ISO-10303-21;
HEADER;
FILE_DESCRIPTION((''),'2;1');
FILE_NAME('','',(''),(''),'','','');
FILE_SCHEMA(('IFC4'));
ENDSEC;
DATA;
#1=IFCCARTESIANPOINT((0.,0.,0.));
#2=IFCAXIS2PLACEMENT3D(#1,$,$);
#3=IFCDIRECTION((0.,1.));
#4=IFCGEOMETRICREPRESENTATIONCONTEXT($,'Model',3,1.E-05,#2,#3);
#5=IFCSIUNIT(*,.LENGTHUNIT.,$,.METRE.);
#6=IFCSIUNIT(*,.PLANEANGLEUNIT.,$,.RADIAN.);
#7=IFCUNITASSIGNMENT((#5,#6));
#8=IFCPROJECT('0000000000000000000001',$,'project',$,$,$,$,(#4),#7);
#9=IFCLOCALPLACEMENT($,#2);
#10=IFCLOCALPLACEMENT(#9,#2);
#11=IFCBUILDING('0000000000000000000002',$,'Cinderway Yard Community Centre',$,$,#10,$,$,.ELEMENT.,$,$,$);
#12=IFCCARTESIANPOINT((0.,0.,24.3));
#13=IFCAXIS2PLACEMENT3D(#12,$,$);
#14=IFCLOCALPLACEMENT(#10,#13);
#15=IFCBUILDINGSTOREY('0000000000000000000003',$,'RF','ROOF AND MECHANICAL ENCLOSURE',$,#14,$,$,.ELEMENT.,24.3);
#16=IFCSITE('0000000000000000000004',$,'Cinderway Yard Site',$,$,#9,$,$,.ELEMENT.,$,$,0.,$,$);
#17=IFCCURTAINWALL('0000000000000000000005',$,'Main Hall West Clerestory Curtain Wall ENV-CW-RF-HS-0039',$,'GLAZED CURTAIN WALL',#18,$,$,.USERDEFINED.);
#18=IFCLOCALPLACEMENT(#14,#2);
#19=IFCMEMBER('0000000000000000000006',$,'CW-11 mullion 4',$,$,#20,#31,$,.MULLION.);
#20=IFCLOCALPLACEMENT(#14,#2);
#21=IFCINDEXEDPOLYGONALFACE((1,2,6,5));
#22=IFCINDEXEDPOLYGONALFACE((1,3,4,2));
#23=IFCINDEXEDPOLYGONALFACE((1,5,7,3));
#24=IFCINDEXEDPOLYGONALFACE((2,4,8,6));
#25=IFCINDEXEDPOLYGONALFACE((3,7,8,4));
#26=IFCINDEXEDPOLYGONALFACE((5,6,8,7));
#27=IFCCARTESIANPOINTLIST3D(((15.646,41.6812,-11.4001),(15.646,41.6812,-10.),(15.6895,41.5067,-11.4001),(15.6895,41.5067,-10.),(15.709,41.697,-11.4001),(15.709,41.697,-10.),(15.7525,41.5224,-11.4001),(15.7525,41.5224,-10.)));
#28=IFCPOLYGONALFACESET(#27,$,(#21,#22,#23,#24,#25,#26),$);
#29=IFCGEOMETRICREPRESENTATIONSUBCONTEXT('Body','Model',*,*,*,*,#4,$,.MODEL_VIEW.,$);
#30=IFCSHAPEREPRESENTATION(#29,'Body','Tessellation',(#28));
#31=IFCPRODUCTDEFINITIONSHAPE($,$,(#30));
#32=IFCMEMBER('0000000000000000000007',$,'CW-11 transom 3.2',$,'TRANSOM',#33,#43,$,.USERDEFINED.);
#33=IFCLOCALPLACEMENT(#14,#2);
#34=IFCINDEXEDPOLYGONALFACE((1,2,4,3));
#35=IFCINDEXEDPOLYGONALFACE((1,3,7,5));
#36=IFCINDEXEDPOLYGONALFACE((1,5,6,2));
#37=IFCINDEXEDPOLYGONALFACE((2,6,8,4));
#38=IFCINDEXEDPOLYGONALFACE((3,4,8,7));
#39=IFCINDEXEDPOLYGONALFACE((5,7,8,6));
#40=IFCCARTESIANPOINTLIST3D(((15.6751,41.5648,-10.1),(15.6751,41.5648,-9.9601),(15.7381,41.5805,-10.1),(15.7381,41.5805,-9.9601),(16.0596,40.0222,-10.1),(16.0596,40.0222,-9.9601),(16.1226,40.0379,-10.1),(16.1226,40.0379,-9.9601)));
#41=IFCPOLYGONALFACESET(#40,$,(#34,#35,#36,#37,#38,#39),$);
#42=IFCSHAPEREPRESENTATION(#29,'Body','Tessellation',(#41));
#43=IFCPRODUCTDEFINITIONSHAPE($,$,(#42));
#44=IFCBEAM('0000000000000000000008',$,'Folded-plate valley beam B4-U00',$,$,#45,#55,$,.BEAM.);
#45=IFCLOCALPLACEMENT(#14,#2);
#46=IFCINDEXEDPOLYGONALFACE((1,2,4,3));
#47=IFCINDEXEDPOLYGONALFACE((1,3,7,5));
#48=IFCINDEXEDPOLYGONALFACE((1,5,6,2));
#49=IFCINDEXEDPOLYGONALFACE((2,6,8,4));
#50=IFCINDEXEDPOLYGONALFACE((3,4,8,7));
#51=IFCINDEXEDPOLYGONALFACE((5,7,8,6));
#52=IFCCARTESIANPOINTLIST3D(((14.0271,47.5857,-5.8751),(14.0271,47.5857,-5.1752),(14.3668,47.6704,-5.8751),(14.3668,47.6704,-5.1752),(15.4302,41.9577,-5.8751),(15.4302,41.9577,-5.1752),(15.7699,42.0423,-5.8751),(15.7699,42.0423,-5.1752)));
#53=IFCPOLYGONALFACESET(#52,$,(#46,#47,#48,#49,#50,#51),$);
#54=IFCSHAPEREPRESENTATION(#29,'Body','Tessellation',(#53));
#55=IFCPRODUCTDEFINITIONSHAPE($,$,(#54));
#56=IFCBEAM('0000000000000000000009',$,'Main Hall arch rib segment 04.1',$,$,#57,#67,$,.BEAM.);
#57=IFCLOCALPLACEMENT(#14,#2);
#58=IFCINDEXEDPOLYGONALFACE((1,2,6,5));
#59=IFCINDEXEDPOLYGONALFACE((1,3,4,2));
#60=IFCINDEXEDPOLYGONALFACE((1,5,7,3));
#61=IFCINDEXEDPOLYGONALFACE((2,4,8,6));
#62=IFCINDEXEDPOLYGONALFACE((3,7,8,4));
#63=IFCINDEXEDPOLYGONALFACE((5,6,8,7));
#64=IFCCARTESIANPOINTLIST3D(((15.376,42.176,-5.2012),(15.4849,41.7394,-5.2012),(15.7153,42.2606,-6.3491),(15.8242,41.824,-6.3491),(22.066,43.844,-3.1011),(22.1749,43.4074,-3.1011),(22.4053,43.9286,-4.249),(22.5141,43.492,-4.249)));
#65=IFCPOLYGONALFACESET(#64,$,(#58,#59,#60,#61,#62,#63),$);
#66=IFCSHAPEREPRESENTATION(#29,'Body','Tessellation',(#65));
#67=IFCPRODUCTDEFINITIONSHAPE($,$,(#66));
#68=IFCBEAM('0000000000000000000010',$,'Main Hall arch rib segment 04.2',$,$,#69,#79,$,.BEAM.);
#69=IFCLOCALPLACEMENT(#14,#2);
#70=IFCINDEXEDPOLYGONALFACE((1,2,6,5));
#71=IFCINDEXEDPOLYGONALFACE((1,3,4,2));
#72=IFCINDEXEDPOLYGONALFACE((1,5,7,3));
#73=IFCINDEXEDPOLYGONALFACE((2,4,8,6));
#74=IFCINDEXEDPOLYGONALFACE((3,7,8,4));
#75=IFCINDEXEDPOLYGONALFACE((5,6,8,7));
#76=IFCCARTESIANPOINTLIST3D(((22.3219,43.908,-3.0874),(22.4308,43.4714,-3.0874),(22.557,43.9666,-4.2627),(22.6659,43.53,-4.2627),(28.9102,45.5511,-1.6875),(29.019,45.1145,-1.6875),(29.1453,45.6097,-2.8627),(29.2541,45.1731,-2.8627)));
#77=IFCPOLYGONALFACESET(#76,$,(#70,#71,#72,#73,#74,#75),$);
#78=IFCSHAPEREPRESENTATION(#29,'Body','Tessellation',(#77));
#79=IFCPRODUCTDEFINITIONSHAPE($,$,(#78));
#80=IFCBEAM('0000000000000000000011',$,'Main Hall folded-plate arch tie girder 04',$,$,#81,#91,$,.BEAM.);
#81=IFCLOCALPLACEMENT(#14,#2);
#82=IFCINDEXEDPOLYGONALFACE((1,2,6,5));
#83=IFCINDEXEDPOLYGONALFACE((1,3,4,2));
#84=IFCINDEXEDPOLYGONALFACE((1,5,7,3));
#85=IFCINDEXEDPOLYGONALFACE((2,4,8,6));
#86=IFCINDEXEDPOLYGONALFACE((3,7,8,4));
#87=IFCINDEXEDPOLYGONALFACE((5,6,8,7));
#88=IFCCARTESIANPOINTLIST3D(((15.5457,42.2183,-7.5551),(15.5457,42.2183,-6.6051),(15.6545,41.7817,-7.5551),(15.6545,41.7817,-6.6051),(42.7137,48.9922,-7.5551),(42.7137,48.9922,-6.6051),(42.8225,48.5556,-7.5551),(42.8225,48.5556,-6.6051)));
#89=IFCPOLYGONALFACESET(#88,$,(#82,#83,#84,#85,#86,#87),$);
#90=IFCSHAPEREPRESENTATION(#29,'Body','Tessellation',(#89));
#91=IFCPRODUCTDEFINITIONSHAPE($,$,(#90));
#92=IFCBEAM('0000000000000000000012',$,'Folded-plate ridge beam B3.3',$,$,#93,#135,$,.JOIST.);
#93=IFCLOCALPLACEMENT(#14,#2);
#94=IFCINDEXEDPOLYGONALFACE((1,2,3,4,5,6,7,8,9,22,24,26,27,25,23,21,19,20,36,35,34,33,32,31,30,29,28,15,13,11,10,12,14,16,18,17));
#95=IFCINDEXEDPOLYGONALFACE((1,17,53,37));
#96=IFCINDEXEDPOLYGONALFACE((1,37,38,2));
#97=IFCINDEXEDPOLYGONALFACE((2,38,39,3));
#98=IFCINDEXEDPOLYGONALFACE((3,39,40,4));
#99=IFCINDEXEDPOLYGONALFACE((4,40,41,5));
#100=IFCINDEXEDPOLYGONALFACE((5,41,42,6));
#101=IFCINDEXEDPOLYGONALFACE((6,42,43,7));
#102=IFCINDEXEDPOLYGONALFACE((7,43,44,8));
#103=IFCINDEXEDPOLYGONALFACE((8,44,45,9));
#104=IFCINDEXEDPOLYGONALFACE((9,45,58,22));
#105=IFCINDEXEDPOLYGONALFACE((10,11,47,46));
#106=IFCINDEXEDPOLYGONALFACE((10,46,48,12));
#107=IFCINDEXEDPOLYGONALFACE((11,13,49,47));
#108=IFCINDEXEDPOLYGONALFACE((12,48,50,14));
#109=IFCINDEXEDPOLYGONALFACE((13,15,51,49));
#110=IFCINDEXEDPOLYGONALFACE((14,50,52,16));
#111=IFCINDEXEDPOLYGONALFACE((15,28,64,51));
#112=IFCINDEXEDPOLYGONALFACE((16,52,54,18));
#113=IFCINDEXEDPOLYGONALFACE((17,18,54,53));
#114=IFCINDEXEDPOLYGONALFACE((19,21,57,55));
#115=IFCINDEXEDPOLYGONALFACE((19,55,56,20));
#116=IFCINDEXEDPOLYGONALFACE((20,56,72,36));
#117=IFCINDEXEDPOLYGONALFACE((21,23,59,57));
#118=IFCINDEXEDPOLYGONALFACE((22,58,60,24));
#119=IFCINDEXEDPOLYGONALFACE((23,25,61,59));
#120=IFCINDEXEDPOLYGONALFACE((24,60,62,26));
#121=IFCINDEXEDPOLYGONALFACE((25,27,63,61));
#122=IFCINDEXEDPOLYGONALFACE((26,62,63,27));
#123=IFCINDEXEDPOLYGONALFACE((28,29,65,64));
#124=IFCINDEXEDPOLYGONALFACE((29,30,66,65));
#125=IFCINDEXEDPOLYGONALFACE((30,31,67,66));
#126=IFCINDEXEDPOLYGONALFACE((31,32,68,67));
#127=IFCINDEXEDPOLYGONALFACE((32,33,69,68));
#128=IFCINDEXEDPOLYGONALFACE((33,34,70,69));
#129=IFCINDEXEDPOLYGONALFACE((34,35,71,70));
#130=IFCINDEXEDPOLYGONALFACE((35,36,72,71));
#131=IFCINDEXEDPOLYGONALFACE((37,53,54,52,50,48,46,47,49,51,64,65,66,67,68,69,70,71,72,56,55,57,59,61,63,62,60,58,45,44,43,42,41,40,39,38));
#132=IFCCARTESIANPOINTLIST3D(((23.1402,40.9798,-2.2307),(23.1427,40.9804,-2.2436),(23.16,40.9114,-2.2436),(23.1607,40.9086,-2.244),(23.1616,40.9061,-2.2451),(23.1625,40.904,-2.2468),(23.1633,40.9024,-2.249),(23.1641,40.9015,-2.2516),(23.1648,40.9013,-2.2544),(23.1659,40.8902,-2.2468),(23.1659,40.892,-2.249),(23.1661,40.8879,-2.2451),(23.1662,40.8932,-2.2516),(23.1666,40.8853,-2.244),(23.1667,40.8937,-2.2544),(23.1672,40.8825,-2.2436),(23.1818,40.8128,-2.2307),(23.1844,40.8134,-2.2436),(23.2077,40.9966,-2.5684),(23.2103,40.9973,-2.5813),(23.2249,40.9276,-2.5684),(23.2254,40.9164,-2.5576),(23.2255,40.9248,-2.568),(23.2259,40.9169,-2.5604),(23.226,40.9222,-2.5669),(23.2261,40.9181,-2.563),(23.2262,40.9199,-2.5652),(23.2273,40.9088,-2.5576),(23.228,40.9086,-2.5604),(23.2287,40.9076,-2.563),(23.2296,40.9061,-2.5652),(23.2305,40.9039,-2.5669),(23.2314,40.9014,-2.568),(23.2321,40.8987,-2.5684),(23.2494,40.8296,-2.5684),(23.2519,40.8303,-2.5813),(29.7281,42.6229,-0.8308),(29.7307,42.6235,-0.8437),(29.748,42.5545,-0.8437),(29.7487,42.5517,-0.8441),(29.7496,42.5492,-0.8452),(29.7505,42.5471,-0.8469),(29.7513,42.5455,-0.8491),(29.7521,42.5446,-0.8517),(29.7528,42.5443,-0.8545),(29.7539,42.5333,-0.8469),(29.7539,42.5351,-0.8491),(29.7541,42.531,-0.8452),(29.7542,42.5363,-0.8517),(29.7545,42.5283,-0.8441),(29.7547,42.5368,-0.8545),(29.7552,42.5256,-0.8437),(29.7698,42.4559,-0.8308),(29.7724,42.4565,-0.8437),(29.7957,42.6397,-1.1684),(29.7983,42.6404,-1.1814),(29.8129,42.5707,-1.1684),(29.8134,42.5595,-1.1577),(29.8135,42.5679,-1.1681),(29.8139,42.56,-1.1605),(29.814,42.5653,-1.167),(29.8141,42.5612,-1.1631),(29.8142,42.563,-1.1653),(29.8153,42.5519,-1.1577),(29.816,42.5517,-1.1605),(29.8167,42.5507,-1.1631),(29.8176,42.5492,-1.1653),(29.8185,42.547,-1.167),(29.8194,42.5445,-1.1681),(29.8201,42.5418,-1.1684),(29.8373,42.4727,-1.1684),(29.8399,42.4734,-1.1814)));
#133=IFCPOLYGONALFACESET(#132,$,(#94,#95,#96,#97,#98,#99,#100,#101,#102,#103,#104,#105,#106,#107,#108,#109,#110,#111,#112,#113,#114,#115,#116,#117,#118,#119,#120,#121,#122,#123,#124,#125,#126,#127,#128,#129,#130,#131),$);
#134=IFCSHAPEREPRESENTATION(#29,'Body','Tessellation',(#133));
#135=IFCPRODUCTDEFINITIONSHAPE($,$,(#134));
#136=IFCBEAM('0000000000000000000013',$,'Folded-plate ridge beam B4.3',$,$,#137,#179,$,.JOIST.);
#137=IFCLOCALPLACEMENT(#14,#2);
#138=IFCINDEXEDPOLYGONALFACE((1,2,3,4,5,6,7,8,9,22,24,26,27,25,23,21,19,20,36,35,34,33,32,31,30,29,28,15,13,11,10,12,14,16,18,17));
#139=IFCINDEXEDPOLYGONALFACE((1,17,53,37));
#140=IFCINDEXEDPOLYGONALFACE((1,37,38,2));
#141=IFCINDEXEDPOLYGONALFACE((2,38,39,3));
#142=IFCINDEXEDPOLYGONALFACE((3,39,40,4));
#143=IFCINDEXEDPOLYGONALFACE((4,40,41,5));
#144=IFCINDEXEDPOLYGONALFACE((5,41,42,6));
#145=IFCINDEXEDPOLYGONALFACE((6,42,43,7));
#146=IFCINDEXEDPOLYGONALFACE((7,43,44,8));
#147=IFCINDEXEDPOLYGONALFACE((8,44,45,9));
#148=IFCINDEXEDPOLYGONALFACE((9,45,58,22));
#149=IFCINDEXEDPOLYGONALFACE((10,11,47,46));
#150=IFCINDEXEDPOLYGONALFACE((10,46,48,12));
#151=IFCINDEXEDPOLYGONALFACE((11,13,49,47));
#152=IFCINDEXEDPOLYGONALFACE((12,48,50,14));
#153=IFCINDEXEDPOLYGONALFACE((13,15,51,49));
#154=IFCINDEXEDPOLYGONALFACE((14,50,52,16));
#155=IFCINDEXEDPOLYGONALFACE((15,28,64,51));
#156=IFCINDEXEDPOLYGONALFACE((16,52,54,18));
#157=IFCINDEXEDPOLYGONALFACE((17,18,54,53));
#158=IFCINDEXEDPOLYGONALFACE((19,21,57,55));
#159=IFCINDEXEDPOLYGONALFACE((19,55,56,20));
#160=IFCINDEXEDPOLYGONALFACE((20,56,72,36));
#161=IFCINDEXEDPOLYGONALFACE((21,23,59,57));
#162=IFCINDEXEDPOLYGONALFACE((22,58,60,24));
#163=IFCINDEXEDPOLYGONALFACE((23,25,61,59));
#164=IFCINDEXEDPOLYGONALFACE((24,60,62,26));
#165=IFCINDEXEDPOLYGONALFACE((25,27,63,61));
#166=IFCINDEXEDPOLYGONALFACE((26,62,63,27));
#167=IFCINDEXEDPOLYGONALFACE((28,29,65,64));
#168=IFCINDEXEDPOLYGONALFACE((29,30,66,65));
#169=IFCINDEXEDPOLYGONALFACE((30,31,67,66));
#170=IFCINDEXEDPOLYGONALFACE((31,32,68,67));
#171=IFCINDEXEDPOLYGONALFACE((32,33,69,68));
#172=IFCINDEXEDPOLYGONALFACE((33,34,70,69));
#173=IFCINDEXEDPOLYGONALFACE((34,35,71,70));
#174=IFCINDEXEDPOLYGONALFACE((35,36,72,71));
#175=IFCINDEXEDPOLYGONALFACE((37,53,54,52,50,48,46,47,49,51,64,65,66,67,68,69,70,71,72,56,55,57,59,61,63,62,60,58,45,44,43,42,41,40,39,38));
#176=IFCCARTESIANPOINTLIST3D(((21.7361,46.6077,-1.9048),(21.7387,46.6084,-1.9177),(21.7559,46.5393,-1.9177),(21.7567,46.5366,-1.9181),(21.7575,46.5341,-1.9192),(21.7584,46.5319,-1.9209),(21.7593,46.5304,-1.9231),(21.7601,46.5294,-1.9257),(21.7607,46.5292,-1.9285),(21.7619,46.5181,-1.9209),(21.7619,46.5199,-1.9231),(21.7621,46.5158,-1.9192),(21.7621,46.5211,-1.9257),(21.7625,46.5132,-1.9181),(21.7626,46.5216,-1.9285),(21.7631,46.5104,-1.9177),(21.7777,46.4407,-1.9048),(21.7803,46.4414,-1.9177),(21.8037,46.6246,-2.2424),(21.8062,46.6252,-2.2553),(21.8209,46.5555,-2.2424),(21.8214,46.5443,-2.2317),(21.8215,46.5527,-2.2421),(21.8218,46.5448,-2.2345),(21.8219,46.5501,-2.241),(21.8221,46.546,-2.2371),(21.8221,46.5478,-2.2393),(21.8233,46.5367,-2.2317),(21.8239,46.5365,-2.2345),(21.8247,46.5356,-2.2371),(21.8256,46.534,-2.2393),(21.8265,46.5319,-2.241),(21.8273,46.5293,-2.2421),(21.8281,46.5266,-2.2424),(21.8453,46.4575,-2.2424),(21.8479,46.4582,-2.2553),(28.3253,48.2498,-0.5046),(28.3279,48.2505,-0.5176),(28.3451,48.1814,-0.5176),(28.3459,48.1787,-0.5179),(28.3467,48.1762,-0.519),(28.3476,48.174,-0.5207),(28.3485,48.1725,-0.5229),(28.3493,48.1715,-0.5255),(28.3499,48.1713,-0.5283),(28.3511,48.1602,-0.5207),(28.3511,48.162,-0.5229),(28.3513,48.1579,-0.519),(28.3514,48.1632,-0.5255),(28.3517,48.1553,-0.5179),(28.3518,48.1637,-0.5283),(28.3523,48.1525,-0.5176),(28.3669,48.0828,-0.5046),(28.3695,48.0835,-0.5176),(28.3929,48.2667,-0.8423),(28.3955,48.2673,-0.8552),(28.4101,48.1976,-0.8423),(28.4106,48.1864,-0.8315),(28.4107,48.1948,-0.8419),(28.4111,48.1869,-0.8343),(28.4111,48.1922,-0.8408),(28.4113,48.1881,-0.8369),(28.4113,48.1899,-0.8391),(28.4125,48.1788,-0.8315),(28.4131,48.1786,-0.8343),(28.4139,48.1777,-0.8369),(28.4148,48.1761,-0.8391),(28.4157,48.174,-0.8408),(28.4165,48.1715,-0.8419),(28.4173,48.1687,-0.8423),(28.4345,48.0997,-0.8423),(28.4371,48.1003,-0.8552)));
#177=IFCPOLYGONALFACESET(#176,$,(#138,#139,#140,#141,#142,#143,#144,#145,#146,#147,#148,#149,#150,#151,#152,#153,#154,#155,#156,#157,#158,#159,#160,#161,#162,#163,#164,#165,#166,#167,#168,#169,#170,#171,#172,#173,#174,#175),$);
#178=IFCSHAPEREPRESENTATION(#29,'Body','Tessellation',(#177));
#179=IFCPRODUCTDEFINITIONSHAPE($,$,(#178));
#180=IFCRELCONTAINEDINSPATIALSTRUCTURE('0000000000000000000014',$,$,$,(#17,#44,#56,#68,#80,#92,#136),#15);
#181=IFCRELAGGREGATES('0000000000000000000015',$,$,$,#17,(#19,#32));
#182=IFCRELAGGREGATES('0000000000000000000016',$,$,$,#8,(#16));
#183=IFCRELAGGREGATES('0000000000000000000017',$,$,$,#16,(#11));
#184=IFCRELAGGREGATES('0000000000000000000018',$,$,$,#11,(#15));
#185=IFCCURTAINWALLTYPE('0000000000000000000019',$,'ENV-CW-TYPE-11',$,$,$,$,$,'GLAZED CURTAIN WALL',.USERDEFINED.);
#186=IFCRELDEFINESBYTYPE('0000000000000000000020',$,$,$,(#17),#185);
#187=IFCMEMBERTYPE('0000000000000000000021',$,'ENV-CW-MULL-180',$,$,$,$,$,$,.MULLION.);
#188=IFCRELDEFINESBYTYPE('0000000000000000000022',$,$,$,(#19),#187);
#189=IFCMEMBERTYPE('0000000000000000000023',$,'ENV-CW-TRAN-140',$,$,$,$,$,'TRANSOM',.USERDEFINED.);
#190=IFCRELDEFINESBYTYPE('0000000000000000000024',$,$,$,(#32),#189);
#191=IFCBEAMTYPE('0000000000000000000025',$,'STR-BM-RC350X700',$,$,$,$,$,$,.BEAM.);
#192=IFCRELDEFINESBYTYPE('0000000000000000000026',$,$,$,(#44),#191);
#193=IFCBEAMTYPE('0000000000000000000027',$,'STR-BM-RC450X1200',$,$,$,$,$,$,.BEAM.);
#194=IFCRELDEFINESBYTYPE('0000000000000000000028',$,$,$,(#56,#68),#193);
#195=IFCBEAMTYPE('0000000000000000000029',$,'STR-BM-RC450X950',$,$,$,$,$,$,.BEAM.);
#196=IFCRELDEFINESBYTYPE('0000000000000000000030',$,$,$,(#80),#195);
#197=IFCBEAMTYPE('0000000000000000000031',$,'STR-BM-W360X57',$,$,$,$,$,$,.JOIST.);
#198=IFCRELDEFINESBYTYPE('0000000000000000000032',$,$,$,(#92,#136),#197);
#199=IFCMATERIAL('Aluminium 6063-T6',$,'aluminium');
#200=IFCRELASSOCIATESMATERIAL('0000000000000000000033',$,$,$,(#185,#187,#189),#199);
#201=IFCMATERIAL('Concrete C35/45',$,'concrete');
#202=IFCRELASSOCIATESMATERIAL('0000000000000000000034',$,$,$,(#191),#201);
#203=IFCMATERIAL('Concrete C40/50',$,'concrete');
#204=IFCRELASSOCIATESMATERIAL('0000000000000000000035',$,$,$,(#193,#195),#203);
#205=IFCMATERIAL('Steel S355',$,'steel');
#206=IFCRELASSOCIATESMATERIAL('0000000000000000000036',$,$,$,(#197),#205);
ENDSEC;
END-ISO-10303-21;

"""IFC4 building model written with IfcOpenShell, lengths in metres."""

from ifc_helpers import new_model, si_unit, direction, frame, origin, origin_2d, place, context, subcontext, project, spatial, rectangle, i_section, extrude, material, material_profile, profile_set, type_object, element, aggregate, save


model = new_model("IFC4")

# Units and contexts
model_context = context("Model", 3, precision=1e-05, world=origin(), true_north=direction((0.0, 1.0)))
body_context = subcontext(model_context, "Body", "Model", "MODEL_VIEW")
ifc_project = project(units=[si_unit("LENGTHUNIT", "METRE"), si_unit("PLANEANGLEUNIT", "RADIAN")], contexts=[model_context])

# Site, building, storey
site_placement = place(None, origin())
site = spatial("IfcSite", under=ifc_project, at=site_placement, Name="Cinderway Yard Site", CompositionType="ELEMENT", RefElevation=0.0)
building_placement = place(site_placement, origin())
building = spatial("IfcBuilding", under=site, at=building_placement, Name="Cinderway Yard Community Centre", CompositionType="ELEMENT")
storey_placement = place(building_placement, frame((0.0, 0.0, 24.3)))
storey = spatial("IfcBuildingStorey", under=building, at=storey_placement, Name="RF", Description="ROOF AND MECHANICAL ENCLOSURE", CompositionType="ELEMENT", Elevation=24.3)

# Curtain wall, members
ifc_material_1 = material(Name="Aluminium 6063-T6", Category="aluminium")
curtain_wall_type = type_object("IfcCurtainWallType", Name="ENV-CW-TYPE-11", ElementType="GLAZED CURTAIN WALL", PredefinedType="USERDEFINED", material=ifc_material_1)
curtain_wall_placement = place(storey_placement, origin())
curtain_wall = element("IfcCurtainWall", 1, at=curtain_wall_placement, inside=storey, type_object=curtain_wall_type, Name="Main Hall West Clerestory Curtain Wall ENV-CW-RF-HS-0039", ObjectType="GLAZED CURTAIN WALL", PredefinedType="USERDEFINED")
ifc_material_profile_1 = material_profile(ifc_material_1, rectangle(XDim=0.0649, YDim=0.1799, at=origin_2d()), Name="Aluminium 6063-T6")
ifc_profile_set_1 = profile_set([ifc_material_profile_1], Name="Aluminium 6063-T6")
member_type_1 = type_object("IfcMemberType", Name="ENV-CW-MULL-180", PredefinedType="MULLION", material=ifc_profile_set_1)
member_1_placement = place(storey_placement, frame((15.6992, 41.6018, -11.4001), z_axis=(0.0, 0.0, 1.0), x_axis=(-0.970306, -0.241882, 0.0)))
member_1 = element("IfcMember", 2, at=member_1_placement, type_object=member_type_1, Name="CW-11 mullion 4", PredefinedType="MULLION", context=body_context, shape_type="SweptSolid", body=[
    extrude(rectangle(XDim=0.0649, YDim=0.1799, at=origin_2d()), origin(), (0.0, 0.0, 1.0), 1.4001),
])
ifc_material_profile_2 = material_profile(ifc_material_1, rectangle(XDim=0.0649, YDim=0.1399, at=origin_2d()), Name="Aluminium 6063-T6")
ifc_profile_set_2 = profile_set([ifc_material_profile_2], Name="Aluminium 6063-T6")
member_type_2 = type_object("IfcMemberType", Name="ENV-CW-TRAN-140", ElementType="TRANSOM", PredefinedType="USERDEFINED", material=ifc_profile_set_2)
member_2_placement = place(storey_placement, frame((16.0911, 40.03, -10.03), z_axis=(-0.241849, 0.970314, 0.0), x_axis=(-0.970314, -0.241849, 0.0)))
member_2 = element("IfcMember", 3, at=member_2_placement, type_object=member_type_2, Name="CW-11 transom 3.2", ObjectType="TRANSOM", PredefinedType="USERDEFINED", context=body_context, shape_type="SweptSolid", body=[
    extrude(rectangle(XDim=0.0649, YDim=0.1399, at=origin_2d()), origin(), (0.0, 0.0, 1.0), 1.5898),
])

# Beams
ifc_material_2 = material(Name="Concrete C35/45", Category="concrete")
ifc_material_profile_3 = material_profile(ifc_material_2, rectangle(XDim=0.3501, YDim=0.7, at=origin_2d()), Name="Concrete C35/45")
ifc_profile_set_3 = profile_set([ifc_material_profile_3], Name="Concrete C35/45")
beam_type_1 = type_object("IfcBeamType", Name="STR-BM-RC350X700", PredefinedType="BEAM", material=ifc_profile_set_3)
beam_1_placement = place(storey_placement, frame((15.6001, 42.0, -5.5251), z_axis=(-0.241902, 0.970301, 0.0), x_axis=(-0.970301, -0.241902, 0.0)))
element("IfcBeam", 4, at=beam_1_placement, inside=storey, type_object=beam_type_1, Name="Folded-plate valley beam B4-U00", PredefinedType="BEAM", context=body_context, shape_type="SweptSolid", body=[
    extrude(rectangle(XDim=0.3501, YDim=0.7, at=origin_2d()), origin(), (0.0, 0.0, 1.0), 5.8003),
])
ifc_material_3 = material(Name="Concrete C40/50", Category="concrete")
ifc_material_profile_4 = material_profile(ifc_material_3, rectangle(XDim=0.45, YDim=1.2, at=origin_2d()), Name="Concrete C40/50")
ifc_profile_set_4 = profile_set([ifc_material_profile_4], Name="Concrete C40/50")
beam_type_2 = type_object("IfcBeamType", Name="STR-BM-RC450X1200", PredefinedType="BEAM", material=ifc_profile_set_4)
beam_2_placement = place(storey_placement, frame((15.6001, 42.0, -5.7751), z_axis=(0.928194, 0.231422, 0.291377), x_axis=(-0.241919, 0.970296, 0.0)))
element("IfcBeam", 5, at=beam_2_placement, inside=storey, type_object=beam_type_2, Name="Main Hall arch rib segment 04.1", PredefinedType="BEAM", context=body_context, shape_type="SweptSolid", body=[
    extrude(rectangle(XDim=0.45, YDim=1.2, at=origin_2d()), origin(), (0.0, 0.0, 1.0), 7.2075),
])
beam_3_placement = place(storey_placement, frame((22.4939, 43.719, -3.675), z_axis=(0.950293, 0.237001, 0.201926), x_axis=(-0.241986, 0.97028, 0.0)))
element("IfcBeam", 6, at=beam_3_placement, inside=storey, type_object=beam_type_2, Name="Main Hall arch rib segment 04.2", PredefinedType="BEAM", context=body_context, shape_type="SweptSolid", body=[
    extrude(rectangle(XDim=0.45, YDim=1.2, at=origin_2d()), origin(), (0.0, 0.0, 1.0), 6.9329),
])
ifc_material_profile_5 = material_profile(ifc_material_3, rectangle(XDim=0.45, YDim=0.95, at=origin_2d()), Name="Concrete C40/50")
ifc_profile_set_5 = profile_set([ifc_material_profile_5], Name="Concrete C40/50")
beam_type_3 = type_object("IfcBeamType", Name="STR-BM-RC450X950", PredefinedType="BEAM", material=ifc_profile_set_5)
beam_4_placement = place(storey_placement, frame((15.6001, 42.0, -7.0801), z_axis=(0.970294, 0.241928, 0.0), x_axis=(-0.241928, 0.970294, 0.0)))
element("IfcBeam", 7, at=beam_4_placement, inside=storey, type_object=beam_type_3, Name="Main Hall folded-plate arch tie girder 04", PredefinedType="BEAM", context=body_context, shape_type="SweptSolid", body=[
    extrude(rectangle(XDim=0.45, YDim=0.95, at=origin_2d()), origin(), (0.0, 0.0, 1.0), 27.9998),
])
ifc_material_4 = material(Name="Steel S355", Category="steel")
ifc_material_profile_6 = material_profile(ifc_material_4, i_section(OverallWidth=0.1721, OverallDepth=0.3579, WebThickness=0.0078, FlangeThickness=0.0132, FilletRadius=0.011, at=origin_2d()), Name="Steel S355")
ifc_profile_set_6 = profile_set([ifc_material_profile_6], Name="Steel S355")
beam_type_4 = type_object("IfcBeamType", Name="STR-BM-W360X57", PredefinedType="JOIST", material=ifc_profile_set_6)
beam_5_placement = place(storey_placement, frame((23.196, 40.905, -2.406), z_axis=(0.950289, 0.237009, 0.201933), x_axis=(-0.241994, 0.970278, 0.0)))
element("IfcBeam", 8, at=beam_5_placement, inside=storey, type_object=beam_type_4, Name="Folded-plate ridge beam B3.3", PredefinedType="JOIST", context=body_context, shape_type="SweptSolid", body=[
    extrude(i_section(OverallWidth=0.1721, OverallDepth=0.3579, WebThickness=0.0078, FlangeThickness=0.0132, FilletRadius=0.011, at=origin_2d()), origin(), (0.0, 0.0, 1.0), 6.9326),
])
beam_6_placement = place(storey_placement, frame((21.792, 46.533, -2.0801), z_axis=(0.950331, 0.236835, 0.20194), x_axis=(-0.241817, 0.970322, 0.0)))
element("IfcBeam", 9, at=beam_6_placement, inside=storey, type_object=beam_type_4, Name="Folded-plate ridge beam B4.3", PredefinedType="JOIST", context=body_context, shape_type="SweptSolid", body=[
    extrude(i_section(OverallWidth=0.1721, OverallDepth=0.3579, WebThickness=0.0078, FlangeThickness=0.0132, FilletRadius=0.011, at=origin_2d()), origin(), (0.0, 0.0, 1.0), 6.9336),
])

aggregate(curtain_wall, [member_1, member_2])

save(model, "model.ifc")
